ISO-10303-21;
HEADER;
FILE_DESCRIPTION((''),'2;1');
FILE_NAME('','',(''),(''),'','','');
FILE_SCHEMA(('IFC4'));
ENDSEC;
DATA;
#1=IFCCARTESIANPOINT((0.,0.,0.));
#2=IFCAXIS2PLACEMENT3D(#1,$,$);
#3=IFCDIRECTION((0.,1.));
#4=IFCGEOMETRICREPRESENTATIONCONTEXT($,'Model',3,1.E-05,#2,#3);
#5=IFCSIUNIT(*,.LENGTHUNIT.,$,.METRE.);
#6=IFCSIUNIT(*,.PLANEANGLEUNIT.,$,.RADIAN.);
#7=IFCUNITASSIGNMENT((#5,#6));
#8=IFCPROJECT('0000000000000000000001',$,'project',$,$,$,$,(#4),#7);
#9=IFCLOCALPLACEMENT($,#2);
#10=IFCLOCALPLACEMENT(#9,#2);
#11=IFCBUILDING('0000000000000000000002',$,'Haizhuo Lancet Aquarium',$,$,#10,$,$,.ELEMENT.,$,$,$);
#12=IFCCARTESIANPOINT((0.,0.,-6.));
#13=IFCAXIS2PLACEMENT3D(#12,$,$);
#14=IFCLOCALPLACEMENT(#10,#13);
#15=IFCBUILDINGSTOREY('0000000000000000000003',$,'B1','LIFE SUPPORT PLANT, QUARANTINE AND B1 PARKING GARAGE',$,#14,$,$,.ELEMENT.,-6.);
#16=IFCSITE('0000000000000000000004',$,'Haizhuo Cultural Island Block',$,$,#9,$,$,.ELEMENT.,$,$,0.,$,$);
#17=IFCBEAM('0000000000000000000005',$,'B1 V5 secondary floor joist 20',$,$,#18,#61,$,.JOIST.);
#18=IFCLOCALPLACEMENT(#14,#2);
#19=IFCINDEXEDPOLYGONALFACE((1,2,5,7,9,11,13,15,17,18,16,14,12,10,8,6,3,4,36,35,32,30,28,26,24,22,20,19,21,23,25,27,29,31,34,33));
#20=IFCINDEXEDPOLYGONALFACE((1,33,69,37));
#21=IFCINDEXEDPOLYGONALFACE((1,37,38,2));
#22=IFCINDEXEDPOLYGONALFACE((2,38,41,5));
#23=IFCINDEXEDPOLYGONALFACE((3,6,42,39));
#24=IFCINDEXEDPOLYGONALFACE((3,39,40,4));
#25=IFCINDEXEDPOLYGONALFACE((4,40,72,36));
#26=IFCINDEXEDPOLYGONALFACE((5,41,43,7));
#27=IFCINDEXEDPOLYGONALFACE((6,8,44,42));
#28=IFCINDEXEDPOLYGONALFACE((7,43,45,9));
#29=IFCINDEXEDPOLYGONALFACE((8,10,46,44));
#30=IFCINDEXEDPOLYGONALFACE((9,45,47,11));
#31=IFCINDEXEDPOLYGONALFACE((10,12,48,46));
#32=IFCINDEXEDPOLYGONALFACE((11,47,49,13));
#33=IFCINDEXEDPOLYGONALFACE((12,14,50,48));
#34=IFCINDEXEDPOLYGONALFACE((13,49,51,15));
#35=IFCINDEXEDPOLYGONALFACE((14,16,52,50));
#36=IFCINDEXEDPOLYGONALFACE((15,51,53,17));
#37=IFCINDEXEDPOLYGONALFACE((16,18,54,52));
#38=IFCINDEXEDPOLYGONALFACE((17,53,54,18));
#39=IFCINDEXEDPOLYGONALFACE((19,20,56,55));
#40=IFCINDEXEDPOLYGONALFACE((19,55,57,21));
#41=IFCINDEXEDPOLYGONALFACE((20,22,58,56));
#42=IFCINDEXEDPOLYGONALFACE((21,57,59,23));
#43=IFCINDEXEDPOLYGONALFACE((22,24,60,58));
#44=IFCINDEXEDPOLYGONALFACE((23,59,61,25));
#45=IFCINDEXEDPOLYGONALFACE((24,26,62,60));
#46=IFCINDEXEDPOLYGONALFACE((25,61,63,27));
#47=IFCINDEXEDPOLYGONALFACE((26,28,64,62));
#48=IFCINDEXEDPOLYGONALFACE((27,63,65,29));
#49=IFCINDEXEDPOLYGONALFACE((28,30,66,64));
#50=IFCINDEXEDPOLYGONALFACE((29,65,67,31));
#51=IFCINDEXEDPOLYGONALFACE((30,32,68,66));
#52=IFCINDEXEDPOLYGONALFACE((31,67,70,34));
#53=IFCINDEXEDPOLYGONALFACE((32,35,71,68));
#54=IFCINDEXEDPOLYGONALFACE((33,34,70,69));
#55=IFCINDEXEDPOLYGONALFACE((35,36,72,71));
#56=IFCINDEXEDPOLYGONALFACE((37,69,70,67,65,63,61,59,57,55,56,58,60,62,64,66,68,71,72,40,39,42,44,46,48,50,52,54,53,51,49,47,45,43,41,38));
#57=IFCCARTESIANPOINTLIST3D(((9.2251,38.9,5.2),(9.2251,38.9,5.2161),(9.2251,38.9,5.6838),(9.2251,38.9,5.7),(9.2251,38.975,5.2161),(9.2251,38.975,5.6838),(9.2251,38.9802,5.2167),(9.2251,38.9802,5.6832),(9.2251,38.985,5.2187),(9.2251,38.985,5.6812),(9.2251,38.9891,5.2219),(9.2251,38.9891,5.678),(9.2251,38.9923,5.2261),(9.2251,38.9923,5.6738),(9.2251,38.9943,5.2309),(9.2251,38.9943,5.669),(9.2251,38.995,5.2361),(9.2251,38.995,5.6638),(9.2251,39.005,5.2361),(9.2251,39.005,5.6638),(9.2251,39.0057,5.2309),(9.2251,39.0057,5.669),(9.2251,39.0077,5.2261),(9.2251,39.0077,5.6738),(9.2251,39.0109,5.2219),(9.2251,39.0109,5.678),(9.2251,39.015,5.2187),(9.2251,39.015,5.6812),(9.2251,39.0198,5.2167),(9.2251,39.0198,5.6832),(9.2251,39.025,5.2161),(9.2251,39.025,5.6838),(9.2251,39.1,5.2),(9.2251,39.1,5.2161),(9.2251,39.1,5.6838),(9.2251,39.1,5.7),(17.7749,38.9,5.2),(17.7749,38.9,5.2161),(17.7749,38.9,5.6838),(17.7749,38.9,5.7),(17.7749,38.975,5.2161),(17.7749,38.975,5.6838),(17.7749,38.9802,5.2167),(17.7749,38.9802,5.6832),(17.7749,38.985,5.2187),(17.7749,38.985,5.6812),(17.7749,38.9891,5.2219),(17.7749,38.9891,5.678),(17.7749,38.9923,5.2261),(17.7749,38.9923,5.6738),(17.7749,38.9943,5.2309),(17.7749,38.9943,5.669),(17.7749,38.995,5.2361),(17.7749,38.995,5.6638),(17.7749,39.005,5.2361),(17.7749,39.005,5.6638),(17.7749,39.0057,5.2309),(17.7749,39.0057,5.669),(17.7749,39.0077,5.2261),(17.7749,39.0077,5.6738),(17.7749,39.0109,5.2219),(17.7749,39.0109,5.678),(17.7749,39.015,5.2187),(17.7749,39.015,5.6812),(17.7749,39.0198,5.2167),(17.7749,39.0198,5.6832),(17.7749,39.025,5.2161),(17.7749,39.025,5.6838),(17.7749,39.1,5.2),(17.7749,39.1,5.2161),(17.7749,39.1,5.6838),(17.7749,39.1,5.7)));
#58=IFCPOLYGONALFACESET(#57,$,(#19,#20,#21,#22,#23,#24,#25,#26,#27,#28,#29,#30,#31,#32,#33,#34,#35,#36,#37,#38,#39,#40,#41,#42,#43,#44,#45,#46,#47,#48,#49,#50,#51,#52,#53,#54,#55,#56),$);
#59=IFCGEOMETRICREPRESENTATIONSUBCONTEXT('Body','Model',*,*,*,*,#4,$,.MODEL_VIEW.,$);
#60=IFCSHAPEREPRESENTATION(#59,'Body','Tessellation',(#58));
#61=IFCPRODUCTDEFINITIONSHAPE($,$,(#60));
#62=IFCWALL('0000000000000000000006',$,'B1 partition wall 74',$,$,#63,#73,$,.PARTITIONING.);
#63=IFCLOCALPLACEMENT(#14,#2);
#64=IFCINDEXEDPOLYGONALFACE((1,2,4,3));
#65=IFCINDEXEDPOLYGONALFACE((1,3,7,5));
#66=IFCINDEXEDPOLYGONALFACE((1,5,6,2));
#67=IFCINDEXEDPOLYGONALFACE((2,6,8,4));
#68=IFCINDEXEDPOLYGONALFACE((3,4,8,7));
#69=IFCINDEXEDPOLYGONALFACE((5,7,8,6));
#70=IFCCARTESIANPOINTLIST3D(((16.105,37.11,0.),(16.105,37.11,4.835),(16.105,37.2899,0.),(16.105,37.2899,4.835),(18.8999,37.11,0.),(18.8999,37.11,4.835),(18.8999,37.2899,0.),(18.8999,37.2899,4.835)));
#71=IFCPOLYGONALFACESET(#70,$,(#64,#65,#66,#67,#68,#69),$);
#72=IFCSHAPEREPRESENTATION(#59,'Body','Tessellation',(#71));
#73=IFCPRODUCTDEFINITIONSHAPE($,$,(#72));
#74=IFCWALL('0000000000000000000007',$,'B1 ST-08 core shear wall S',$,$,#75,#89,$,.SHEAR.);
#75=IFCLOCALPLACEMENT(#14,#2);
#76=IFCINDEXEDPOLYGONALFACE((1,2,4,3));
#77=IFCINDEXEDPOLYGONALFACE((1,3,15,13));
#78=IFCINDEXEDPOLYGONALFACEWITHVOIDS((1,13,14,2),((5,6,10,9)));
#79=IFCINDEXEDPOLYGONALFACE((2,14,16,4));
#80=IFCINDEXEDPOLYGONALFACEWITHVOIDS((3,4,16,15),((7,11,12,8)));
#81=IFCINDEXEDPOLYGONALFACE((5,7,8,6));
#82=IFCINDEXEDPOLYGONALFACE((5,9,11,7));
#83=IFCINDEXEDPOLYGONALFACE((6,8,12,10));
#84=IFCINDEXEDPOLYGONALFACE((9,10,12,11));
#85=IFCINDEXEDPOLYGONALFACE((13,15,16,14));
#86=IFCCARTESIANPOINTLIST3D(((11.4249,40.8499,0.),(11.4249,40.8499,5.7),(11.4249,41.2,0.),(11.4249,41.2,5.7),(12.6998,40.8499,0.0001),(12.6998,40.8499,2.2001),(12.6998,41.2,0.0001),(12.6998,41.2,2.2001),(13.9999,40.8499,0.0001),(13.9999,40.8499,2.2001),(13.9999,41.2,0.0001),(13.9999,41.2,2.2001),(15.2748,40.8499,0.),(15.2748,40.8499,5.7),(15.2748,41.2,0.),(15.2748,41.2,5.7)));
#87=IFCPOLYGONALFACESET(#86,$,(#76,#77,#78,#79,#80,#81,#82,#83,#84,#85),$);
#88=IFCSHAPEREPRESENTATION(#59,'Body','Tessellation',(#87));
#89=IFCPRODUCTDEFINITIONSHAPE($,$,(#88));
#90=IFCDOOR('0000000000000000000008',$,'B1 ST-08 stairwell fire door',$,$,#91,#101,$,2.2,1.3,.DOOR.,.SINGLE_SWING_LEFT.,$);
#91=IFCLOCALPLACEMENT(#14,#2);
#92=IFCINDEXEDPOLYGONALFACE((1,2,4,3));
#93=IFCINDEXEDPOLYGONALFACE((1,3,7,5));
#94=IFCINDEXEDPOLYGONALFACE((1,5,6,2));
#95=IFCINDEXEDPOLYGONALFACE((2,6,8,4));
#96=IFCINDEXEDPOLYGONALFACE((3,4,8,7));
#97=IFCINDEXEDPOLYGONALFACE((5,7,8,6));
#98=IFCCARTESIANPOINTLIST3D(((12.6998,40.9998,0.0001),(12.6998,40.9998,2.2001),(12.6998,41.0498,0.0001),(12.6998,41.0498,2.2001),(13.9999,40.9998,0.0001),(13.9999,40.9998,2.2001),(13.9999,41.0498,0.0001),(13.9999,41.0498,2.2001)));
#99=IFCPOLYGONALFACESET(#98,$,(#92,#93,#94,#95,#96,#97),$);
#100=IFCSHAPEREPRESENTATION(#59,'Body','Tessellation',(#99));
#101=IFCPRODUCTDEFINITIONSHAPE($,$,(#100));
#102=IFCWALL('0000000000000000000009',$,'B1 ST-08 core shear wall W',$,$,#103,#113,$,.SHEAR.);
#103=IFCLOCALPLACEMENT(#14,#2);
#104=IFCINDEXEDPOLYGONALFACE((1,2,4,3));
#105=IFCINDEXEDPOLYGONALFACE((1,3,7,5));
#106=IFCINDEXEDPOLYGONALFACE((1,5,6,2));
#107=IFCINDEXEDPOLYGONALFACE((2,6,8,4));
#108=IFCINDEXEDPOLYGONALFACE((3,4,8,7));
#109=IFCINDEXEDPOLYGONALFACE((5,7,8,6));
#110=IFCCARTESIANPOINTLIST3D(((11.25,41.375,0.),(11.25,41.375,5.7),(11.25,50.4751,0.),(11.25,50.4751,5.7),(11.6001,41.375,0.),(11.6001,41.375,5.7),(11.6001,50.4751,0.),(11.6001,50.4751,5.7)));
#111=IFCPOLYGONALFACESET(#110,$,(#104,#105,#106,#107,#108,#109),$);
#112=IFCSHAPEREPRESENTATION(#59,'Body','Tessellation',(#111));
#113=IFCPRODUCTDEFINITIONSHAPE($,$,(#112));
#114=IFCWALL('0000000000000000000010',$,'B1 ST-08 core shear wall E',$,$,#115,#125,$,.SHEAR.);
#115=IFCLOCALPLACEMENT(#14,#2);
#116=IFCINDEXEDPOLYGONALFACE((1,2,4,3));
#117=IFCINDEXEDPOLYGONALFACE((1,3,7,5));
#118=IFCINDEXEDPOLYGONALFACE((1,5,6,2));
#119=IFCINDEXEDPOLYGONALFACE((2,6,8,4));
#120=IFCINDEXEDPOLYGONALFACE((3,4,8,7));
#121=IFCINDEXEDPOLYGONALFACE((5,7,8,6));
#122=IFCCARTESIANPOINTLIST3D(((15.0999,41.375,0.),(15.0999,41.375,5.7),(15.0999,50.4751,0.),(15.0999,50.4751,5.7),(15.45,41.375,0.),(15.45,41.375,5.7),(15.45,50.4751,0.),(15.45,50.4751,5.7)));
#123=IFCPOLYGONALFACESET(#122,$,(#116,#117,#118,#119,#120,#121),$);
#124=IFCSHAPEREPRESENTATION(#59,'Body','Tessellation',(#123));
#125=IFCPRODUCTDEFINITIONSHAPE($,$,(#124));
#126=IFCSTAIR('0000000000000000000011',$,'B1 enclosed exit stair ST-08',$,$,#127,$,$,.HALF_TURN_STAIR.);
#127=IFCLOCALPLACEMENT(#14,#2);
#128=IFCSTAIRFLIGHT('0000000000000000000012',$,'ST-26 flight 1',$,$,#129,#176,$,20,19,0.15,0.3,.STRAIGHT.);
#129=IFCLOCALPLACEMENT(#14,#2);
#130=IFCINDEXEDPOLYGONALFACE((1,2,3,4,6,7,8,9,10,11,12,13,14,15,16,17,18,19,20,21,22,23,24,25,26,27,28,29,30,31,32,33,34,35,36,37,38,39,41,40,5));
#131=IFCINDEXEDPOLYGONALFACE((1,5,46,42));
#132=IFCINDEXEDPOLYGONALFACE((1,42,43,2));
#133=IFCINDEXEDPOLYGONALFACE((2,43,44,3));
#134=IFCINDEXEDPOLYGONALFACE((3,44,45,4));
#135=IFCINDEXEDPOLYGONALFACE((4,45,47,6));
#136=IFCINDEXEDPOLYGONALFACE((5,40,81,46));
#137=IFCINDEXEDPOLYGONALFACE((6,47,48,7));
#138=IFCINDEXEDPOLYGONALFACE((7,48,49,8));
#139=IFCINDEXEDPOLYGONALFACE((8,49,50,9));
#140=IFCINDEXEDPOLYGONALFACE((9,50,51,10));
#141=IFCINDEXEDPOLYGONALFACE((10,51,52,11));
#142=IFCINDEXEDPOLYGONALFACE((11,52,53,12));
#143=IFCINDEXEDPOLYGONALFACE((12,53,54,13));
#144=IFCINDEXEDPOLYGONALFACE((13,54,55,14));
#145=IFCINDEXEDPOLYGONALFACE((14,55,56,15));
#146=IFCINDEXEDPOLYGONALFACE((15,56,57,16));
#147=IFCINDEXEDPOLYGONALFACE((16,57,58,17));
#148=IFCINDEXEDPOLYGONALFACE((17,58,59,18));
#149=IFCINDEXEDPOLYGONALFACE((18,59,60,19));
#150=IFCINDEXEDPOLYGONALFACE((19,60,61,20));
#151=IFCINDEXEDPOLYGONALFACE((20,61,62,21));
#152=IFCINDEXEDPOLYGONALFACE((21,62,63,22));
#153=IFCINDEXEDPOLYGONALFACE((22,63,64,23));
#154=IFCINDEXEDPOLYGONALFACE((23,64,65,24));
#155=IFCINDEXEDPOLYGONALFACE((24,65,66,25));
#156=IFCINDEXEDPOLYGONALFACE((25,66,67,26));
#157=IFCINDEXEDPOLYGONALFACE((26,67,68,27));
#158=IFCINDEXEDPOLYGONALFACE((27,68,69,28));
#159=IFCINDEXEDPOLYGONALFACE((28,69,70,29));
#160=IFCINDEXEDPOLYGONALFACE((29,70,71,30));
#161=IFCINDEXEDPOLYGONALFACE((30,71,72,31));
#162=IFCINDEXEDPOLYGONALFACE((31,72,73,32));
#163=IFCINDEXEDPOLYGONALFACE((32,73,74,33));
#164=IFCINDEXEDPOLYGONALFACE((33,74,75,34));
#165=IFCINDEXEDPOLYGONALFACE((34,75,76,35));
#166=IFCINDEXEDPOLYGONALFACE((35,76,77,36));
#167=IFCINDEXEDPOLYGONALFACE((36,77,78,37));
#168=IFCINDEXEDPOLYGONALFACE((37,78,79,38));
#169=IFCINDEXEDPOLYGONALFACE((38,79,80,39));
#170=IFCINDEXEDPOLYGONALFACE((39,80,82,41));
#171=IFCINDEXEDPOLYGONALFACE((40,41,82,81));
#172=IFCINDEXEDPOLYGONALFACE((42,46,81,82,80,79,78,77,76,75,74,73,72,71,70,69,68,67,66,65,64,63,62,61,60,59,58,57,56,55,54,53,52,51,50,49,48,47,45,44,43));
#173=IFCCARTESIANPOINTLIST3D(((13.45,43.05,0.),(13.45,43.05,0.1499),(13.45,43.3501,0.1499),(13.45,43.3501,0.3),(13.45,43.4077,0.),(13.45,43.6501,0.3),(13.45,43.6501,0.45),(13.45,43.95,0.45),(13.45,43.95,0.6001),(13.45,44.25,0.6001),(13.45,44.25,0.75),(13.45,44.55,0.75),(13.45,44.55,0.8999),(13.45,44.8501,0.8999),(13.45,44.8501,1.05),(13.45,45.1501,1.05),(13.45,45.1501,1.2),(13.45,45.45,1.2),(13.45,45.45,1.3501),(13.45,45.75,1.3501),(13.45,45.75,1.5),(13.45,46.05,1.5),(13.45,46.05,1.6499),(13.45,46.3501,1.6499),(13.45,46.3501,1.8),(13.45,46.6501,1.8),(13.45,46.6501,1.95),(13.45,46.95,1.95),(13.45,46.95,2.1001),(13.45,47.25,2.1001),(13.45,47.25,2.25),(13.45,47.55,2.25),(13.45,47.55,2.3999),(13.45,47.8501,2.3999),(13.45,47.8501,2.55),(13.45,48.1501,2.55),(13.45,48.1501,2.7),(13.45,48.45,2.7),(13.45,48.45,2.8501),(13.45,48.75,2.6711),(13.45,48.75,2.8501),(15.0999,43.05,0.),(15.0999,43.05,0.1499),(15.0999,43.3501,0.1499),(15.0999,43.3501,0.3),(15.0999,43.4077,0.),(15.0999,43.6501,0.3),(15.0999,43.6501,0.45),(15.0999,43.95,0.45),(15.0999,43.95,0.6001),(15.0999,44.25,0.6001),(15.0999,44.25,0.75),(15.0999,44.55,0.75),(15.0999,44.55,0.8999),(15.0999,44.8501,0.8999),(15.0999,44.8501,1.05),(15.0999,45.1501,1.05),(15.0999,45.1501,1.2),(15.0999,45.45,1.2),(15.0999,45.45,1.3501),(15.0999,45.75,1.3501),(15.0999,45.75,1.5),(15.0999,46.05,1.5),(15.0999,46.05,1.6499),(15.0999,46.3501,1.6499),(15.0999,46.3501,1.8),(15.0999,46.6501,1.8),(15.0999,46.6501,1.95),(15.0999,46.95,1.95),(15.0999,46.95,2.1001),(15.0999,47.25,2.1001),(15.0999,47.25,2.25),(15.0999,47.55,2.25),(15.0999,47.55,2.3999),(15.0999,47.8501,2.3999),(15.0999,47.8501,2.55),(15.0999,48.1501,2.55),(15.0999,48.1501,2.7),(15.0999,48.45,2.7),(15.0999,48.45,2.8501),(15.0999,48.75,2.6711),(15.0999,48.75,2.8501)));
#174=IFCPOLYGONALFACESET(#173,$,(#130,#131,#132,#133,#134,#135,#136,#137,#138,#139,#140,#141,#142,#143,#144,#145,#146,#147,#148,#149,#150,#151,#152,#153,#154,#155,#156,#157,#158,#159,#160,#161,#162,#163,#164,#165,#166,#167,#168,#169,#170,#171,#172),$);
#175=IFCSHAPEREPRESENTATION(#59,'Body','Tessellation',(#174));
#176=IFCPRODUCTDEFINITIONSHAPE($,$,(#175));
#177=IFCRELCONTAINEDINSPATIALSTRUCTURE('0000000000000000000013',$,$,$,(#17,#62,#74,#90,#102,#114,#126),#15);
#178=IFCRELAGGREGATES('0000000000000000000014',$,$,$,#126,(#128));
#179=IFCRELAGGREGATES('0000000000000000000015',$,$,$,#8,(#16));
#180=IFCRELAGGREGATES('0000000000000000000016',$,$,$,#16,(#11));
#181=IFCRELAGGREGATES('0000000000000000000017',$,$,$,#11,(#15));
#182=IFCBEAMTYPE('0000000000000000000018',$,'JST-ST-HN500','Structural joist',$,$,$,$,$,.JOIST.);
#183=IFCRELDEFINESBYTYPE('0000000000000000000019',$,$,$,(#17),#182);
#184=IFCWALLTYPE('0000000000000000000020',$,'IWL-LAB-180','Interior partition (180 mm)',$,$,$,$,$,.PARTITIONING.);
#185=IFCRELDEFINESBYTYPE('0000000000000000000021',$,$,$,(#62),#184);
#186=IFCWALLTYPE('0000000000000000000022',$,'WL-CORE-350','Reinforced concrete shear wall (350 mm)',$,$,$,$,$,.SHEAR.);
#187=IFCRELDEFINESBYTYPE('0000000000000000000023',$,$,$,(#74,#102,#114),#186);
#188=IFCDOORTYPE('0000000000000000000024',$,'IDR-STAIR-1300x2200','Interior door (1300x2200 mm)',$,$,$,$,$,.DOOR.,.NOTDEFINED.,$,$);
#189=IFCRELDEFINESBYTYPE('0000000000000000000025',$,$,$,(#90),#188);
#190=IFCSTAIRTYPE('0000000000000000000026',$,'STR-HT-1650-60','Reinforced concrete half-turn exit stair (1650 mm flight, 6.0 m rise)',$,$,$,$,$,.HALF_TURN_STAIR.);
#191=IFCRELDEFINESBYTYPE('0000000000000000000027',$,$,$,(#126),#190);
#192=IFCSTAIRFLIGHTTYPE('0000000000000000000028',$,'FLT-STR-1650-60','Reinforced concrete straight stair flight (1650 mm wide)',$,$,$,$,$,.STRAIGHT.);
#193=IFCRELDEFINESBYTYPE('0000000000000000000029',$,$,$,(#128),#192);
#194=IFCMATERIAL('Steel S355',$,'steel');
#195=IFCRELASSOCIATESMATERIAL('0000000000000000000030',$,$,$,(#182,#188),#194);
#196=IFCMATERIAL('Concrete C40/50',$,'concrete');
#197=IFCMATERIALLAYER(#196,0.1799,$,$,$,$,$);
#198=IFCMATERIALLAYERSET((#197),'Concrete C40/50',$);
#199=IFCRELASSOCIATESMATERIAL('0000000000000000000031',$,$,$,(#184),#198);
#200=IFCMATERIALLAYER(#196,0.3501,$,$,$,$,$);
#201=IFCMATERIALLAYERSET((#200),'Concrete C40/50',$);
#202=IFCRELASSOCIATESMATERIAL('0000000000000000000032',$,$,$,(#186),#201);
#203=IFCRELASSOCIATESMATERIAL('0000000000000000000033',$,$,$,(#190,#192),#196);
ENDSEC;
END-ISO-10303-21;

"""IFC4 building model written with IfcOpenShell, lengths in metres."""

from ifc_helpers import new_model, si_unit, direction, frame, frame_2d, origin, origin_2d, place, context, subcontext, project, spatial, polyline, rectangle, i_section, outline, extrude, material, layer, layer_set, material_profile, profile_set, type_object, element, fill, aggregate, save


model = new_model("IFC4")

# Units and contexts
model_context = context("Model", 3, precision=1e-05, world=origin(), true_north=direction((0.0, 1.0)))
body_context = subcontext(model_context, "Body", "Model", "MODEL_VIEW")
ifc_project = project(units=[si_unit("LENGTHUNIT", "METRE"), si_unit("PLANEANGLEUNIT", "RADIAN")], contexts=[model_context])

# Site, building, storey
site_placement = place(None, origin())
site = spatial("IfcSite", under=ifc_project, at=site_placement, Name="Haizhuo Cultural Island Block", CompositionType="ELEMENT", RefElevation=0.0)
building_placement = place(site_placement, origin())
building = spatial("IfcBuilding", under=site, at=building_placement, Name="Haizhuo Lancet Aquarium", CompositionType="ELEMENT")
storey_placement = place(building_placement, frame((0.0, 0.0, -6.0)))
storey = spatial("IfcBuildingStorey", under=building, at=storey_placement, Name="B1", Description="LIFE SUPPORT PLANT, QUARANTINE AND B1 PARKING GARAGE", CompositionType="ELEMENT", Elevation=-6.0)

# Shared definitions
ifc_material_1 = material(Name="Concrete C40/50", Category="concrete")

# Beam
ifc_material_2 = material(Name="Steel S355", Category="steel")
ifc_material_profile_1 = material_profile(ifc_material_2, i_section(OverallWidth=0.2, OverallDepth=0.5, WebThickness=0.01, FlangeThickness=0.0161, FilletRadius=0.02, at=origin_2d()), Name="HN 500x200x10x16")
ifc_profile_set_1 = profile_set([ifc_material_profile_1], Name="Steel S355")
beam_type_1 = type_object("IfcBeamType", Name="JST-ST-HN500", Description="Structural joist", PredefinedType="JOIST", material=ifc_profile_set_1)
beam_1_placement = place(storey_placement, frame((9.2251, 39.0, 5.45), z_axis=(1.0, 0.0, 0.0), x_axis=(0.0, 1.0, 0.0)))
element("IfcBeam", 1, at=beam_1_placement, inside=storey, type_object=beam_type_1, Name="B1 V5 secondary floor joist 20", PredefinedType="JOIST", context=body_context, shape_type="SweptSolid", body=[
    extrude(i_section(OverallWidth=0.2, OverallDepth=0.5, WebThickness=0.01, FlangeThickness=0.0161, FilletRadius=0.02, at=origin_2d()), origin(), (0.0, 0.0, 1.0), 8.5498),
])

# Wall
ifc_layer_1 = layer(ifc_material_1, 0.1799)
ifc_layer_set_1 = layer_set([ifc_layer_1], Name="Concrete C40/50")
wall_type_1 = type_object("IfcWallType", Name="IWL-LAB-180", Description="Interior partition (180 mm)", PredefinedType="PARTITIONING", material=ifc_layer_set_1)
wall_1_placement = place(storey_placement, frame((16.105, 37.2, 0.0), z_axis=(0.0, 0.0, 1.0), x_axis=(1.0, 0.0, 0.0)))
element("IfcWall", 2, at=wall_1_placement, inside=storey, type_object=wall_type_1, Name="B1 partition wall 74", PredefinedType="PARTITIONING", context=body_context, shape_type="SweptSolid", body=[
    extrude(rectangle(XDim=2.7949, YDim=0.1799, at=frame_2d((1.3975, 0.0))), origin(), (0.0, 0.0, 1.0), 4.835),
])

# Wall, opening, door
ifc_layer_2 = layer(ifc_material_1, 0.3501)
ifc_layer_set_2 = layer_set([ifc_layer_2], Name="Concrete C40/50")
wall_type_2 = type_object("IfcWallType", Name="WL-CORE-350", Description="Reinforced concrete shear wall (350 mm)", PredefinedType="SHEAR", material=ifc_layer_set_2)
wall_2_placement = place(storey_placement, frame((11.425, 41.0249, 0.0), z_axis=(0.0, 0.0, 1.0), x_axis=(1.0, 0.0, 0.0)))
wall_2 = element("IfcWall", 3, at=wall_2_placement, inside=storey, type_object=wall_type_2, Name="B1 ST-08 core shear wall S", PredefinedType="SHEAR", context=body_context, shape_type="SweptSolid", body=[
    extrude(rectangle(XDim=3.8499, YDim=0.3501, at=frame_2d((1.9248, 0.0))), origin(), (0.0, 0.0, 1.0), 5.7),
])
opening_placement = place(wall_2_placement, frame((1.2749, 0.0, 0.0)))
opening = element("IfcOpeningElement", 4, at=opening_placement, cuts=wall_2, PredefinedType="OPENING", context=body_context, shape_type="SweptSolid", body=[
    extrude(rectangle(XDim=1.3, YDim=2.2, at=frame_2d((0.6499, 1.1001))), frame((0.0, 0.1851, 0.0), z_axis=(0.0, -1.0, 0.0), x_axis=(1.0, 0.0, 0.0)), (0.0, 0.0, 1.0), 0.3701),
])
door_type = type_object("IfcDoorType", Name="IDR-STAIR-1300x2200", Description="Interior door (1300x2200 mm)", OperationType="NOTDEFINED", PredefinedType="DOOR", material=ifc_material_2)
door_placement = place(opening_placement, origin())
door = element("IfcDoor", 5, at=door_placement, inside=storey, type_object=door_type, Name="B1 ST-08 stairwell fire door", OperationType="SINGLE_SWING_LEFT", OverallHeight=2.2, OverallWidth=1.3, PredefinedType="DOOR", context=body_context, shape_type="SweptSolid", body=[
    extrude(rectangle(XDim=1.3, YDim=2.2, at=frame_2d((0.6499, 1.1001))), frame((0.0, 0.0249, 0.0), z_axis=(0.0, -1.0, 0.0), x_axis=(1.0, 0.0, 0.0)), (0.0, 0.0, 1.0), 0.05),
])
fill(opening, door)

# Walls
for number, where, z_axis, x_axis, name in (
    (6, (11.425, 41.375, 0.0), (0.0, 0.0, 1.0), (0.0, 1.0, 0.0), "B1 ST-08 core shear wall W"),
    (7, (15.2749, 41.375, 0.0), (0.0, 0.0, 1.0), (0.0, 1.0, 0.0), "B1 ST-08 core shear wall E"),
):
    element("IfcWall", number, at=place(storey_placement, frame(where, z_axis=z_axis, x_axis=x_axis)), inside=storey, type_object=wall_type_2, Name=name, PredefinedType="SHEAR", context=body_context, shape_type="SweptSolid", body=[
        extrude(rectangle(XDim=9.1001, YDim=0.3501, at=frame_2d((4.55, 0.0))), origin(), (0.0, 0.0, 1.0), 5.7),
    ])

# Stair, stair flight
stair_type = type_object("IfcStairType", Name="STR-HT-1650-60", Description="Reinforced concrete half-turn exit stair (1650 mm flight, 6.0 m rise)", PredefinedType="HALF_TURN_STAIR", material=ifc_material_1)
stair_placement = place(storey_placement, origin())
stair = element("IfcStair", 8, at=stair_placement, inside=storey, type_object=stair_type, Name="B1 enclosed exit stair ST-08", PredefinedType="HALF_TURN_STAIR")
stair_flight_type = type_object("IfcStairFlightType", Name="FLT-STR-1650-60", Description="Reinforced concrete straight stair flight (1650 mm wide)", PredefinedType="STRAIGHT", material=ifc_material_1)
stair_flight_placement = place(storey_placement, frame((14.2749, 43.05, 0.0), z_axis=(0.0, 0.0, 1.0), x_axis=(0.0, 1.0, 0.0)))
stair_flight = element("IfcStairFlight", 9, at=stair_flight_placement, type_object=stair_flight_type, Name="ST-26 flight 1", NumberOfRisers=20, NumberOfTreads=19, PredefinedType="STRAIGHT", RiserHeight=0.15, TreadLength=0.3, context=body_context, shape_type="SweptSolid", body=[
    extrude(outline(polyline([(0.0, 0.0), (0.0, 0.1499), (0.3, 0.1499), (0.3, 0.3), (0.6001, 0.3), (0.6001, 0.45), (0.8999, 0.45), (0.8999, 0.6001), (1.2, 0.6001), (1.2, 0.75), (1.5, 0.75), (1.5, 0.8999), (1.8, 0.8999), (1.8, 1.05), (2.1001, 1.05), (2.1001, 1.2), (2.3999, 1.2), (2.3999, 1.3501), (2.7, 1.3501), (2.7, 1.5), (3.0, 1.5), (3.0, 1.6499), (3.3, 1.6499), (3.3, 1.8), (3.6001, 1.8), (3.6001, 1.95), (3.8999, 1.95), (3.8999, 2.1001), (4.2, 2.1001), (4.2, 2.25), (4.5, 2.25), (4.5, 2.3999), (4.8, 2.3999), (4.8, 2.55), (5.1001, 2.55), (5.1001, 2.7), (5.3999, 2.7), (5.3999, 2.8501), (5.7, 2.8501), (5.7, 3.0), (5.7, 2.6711), (0.3577, 0.0), (0.0, 0.0)])), frame((0.0, 0.825, 0.0), z_axis=(0.0, -1.0, 0.0), x_axis=(1.0, 0.0, 0.0)), (0.0, 0.0, 1.0), 1.6499),
])
aggregate(stair, [stair_flight])

save(model, "model.ifc")
